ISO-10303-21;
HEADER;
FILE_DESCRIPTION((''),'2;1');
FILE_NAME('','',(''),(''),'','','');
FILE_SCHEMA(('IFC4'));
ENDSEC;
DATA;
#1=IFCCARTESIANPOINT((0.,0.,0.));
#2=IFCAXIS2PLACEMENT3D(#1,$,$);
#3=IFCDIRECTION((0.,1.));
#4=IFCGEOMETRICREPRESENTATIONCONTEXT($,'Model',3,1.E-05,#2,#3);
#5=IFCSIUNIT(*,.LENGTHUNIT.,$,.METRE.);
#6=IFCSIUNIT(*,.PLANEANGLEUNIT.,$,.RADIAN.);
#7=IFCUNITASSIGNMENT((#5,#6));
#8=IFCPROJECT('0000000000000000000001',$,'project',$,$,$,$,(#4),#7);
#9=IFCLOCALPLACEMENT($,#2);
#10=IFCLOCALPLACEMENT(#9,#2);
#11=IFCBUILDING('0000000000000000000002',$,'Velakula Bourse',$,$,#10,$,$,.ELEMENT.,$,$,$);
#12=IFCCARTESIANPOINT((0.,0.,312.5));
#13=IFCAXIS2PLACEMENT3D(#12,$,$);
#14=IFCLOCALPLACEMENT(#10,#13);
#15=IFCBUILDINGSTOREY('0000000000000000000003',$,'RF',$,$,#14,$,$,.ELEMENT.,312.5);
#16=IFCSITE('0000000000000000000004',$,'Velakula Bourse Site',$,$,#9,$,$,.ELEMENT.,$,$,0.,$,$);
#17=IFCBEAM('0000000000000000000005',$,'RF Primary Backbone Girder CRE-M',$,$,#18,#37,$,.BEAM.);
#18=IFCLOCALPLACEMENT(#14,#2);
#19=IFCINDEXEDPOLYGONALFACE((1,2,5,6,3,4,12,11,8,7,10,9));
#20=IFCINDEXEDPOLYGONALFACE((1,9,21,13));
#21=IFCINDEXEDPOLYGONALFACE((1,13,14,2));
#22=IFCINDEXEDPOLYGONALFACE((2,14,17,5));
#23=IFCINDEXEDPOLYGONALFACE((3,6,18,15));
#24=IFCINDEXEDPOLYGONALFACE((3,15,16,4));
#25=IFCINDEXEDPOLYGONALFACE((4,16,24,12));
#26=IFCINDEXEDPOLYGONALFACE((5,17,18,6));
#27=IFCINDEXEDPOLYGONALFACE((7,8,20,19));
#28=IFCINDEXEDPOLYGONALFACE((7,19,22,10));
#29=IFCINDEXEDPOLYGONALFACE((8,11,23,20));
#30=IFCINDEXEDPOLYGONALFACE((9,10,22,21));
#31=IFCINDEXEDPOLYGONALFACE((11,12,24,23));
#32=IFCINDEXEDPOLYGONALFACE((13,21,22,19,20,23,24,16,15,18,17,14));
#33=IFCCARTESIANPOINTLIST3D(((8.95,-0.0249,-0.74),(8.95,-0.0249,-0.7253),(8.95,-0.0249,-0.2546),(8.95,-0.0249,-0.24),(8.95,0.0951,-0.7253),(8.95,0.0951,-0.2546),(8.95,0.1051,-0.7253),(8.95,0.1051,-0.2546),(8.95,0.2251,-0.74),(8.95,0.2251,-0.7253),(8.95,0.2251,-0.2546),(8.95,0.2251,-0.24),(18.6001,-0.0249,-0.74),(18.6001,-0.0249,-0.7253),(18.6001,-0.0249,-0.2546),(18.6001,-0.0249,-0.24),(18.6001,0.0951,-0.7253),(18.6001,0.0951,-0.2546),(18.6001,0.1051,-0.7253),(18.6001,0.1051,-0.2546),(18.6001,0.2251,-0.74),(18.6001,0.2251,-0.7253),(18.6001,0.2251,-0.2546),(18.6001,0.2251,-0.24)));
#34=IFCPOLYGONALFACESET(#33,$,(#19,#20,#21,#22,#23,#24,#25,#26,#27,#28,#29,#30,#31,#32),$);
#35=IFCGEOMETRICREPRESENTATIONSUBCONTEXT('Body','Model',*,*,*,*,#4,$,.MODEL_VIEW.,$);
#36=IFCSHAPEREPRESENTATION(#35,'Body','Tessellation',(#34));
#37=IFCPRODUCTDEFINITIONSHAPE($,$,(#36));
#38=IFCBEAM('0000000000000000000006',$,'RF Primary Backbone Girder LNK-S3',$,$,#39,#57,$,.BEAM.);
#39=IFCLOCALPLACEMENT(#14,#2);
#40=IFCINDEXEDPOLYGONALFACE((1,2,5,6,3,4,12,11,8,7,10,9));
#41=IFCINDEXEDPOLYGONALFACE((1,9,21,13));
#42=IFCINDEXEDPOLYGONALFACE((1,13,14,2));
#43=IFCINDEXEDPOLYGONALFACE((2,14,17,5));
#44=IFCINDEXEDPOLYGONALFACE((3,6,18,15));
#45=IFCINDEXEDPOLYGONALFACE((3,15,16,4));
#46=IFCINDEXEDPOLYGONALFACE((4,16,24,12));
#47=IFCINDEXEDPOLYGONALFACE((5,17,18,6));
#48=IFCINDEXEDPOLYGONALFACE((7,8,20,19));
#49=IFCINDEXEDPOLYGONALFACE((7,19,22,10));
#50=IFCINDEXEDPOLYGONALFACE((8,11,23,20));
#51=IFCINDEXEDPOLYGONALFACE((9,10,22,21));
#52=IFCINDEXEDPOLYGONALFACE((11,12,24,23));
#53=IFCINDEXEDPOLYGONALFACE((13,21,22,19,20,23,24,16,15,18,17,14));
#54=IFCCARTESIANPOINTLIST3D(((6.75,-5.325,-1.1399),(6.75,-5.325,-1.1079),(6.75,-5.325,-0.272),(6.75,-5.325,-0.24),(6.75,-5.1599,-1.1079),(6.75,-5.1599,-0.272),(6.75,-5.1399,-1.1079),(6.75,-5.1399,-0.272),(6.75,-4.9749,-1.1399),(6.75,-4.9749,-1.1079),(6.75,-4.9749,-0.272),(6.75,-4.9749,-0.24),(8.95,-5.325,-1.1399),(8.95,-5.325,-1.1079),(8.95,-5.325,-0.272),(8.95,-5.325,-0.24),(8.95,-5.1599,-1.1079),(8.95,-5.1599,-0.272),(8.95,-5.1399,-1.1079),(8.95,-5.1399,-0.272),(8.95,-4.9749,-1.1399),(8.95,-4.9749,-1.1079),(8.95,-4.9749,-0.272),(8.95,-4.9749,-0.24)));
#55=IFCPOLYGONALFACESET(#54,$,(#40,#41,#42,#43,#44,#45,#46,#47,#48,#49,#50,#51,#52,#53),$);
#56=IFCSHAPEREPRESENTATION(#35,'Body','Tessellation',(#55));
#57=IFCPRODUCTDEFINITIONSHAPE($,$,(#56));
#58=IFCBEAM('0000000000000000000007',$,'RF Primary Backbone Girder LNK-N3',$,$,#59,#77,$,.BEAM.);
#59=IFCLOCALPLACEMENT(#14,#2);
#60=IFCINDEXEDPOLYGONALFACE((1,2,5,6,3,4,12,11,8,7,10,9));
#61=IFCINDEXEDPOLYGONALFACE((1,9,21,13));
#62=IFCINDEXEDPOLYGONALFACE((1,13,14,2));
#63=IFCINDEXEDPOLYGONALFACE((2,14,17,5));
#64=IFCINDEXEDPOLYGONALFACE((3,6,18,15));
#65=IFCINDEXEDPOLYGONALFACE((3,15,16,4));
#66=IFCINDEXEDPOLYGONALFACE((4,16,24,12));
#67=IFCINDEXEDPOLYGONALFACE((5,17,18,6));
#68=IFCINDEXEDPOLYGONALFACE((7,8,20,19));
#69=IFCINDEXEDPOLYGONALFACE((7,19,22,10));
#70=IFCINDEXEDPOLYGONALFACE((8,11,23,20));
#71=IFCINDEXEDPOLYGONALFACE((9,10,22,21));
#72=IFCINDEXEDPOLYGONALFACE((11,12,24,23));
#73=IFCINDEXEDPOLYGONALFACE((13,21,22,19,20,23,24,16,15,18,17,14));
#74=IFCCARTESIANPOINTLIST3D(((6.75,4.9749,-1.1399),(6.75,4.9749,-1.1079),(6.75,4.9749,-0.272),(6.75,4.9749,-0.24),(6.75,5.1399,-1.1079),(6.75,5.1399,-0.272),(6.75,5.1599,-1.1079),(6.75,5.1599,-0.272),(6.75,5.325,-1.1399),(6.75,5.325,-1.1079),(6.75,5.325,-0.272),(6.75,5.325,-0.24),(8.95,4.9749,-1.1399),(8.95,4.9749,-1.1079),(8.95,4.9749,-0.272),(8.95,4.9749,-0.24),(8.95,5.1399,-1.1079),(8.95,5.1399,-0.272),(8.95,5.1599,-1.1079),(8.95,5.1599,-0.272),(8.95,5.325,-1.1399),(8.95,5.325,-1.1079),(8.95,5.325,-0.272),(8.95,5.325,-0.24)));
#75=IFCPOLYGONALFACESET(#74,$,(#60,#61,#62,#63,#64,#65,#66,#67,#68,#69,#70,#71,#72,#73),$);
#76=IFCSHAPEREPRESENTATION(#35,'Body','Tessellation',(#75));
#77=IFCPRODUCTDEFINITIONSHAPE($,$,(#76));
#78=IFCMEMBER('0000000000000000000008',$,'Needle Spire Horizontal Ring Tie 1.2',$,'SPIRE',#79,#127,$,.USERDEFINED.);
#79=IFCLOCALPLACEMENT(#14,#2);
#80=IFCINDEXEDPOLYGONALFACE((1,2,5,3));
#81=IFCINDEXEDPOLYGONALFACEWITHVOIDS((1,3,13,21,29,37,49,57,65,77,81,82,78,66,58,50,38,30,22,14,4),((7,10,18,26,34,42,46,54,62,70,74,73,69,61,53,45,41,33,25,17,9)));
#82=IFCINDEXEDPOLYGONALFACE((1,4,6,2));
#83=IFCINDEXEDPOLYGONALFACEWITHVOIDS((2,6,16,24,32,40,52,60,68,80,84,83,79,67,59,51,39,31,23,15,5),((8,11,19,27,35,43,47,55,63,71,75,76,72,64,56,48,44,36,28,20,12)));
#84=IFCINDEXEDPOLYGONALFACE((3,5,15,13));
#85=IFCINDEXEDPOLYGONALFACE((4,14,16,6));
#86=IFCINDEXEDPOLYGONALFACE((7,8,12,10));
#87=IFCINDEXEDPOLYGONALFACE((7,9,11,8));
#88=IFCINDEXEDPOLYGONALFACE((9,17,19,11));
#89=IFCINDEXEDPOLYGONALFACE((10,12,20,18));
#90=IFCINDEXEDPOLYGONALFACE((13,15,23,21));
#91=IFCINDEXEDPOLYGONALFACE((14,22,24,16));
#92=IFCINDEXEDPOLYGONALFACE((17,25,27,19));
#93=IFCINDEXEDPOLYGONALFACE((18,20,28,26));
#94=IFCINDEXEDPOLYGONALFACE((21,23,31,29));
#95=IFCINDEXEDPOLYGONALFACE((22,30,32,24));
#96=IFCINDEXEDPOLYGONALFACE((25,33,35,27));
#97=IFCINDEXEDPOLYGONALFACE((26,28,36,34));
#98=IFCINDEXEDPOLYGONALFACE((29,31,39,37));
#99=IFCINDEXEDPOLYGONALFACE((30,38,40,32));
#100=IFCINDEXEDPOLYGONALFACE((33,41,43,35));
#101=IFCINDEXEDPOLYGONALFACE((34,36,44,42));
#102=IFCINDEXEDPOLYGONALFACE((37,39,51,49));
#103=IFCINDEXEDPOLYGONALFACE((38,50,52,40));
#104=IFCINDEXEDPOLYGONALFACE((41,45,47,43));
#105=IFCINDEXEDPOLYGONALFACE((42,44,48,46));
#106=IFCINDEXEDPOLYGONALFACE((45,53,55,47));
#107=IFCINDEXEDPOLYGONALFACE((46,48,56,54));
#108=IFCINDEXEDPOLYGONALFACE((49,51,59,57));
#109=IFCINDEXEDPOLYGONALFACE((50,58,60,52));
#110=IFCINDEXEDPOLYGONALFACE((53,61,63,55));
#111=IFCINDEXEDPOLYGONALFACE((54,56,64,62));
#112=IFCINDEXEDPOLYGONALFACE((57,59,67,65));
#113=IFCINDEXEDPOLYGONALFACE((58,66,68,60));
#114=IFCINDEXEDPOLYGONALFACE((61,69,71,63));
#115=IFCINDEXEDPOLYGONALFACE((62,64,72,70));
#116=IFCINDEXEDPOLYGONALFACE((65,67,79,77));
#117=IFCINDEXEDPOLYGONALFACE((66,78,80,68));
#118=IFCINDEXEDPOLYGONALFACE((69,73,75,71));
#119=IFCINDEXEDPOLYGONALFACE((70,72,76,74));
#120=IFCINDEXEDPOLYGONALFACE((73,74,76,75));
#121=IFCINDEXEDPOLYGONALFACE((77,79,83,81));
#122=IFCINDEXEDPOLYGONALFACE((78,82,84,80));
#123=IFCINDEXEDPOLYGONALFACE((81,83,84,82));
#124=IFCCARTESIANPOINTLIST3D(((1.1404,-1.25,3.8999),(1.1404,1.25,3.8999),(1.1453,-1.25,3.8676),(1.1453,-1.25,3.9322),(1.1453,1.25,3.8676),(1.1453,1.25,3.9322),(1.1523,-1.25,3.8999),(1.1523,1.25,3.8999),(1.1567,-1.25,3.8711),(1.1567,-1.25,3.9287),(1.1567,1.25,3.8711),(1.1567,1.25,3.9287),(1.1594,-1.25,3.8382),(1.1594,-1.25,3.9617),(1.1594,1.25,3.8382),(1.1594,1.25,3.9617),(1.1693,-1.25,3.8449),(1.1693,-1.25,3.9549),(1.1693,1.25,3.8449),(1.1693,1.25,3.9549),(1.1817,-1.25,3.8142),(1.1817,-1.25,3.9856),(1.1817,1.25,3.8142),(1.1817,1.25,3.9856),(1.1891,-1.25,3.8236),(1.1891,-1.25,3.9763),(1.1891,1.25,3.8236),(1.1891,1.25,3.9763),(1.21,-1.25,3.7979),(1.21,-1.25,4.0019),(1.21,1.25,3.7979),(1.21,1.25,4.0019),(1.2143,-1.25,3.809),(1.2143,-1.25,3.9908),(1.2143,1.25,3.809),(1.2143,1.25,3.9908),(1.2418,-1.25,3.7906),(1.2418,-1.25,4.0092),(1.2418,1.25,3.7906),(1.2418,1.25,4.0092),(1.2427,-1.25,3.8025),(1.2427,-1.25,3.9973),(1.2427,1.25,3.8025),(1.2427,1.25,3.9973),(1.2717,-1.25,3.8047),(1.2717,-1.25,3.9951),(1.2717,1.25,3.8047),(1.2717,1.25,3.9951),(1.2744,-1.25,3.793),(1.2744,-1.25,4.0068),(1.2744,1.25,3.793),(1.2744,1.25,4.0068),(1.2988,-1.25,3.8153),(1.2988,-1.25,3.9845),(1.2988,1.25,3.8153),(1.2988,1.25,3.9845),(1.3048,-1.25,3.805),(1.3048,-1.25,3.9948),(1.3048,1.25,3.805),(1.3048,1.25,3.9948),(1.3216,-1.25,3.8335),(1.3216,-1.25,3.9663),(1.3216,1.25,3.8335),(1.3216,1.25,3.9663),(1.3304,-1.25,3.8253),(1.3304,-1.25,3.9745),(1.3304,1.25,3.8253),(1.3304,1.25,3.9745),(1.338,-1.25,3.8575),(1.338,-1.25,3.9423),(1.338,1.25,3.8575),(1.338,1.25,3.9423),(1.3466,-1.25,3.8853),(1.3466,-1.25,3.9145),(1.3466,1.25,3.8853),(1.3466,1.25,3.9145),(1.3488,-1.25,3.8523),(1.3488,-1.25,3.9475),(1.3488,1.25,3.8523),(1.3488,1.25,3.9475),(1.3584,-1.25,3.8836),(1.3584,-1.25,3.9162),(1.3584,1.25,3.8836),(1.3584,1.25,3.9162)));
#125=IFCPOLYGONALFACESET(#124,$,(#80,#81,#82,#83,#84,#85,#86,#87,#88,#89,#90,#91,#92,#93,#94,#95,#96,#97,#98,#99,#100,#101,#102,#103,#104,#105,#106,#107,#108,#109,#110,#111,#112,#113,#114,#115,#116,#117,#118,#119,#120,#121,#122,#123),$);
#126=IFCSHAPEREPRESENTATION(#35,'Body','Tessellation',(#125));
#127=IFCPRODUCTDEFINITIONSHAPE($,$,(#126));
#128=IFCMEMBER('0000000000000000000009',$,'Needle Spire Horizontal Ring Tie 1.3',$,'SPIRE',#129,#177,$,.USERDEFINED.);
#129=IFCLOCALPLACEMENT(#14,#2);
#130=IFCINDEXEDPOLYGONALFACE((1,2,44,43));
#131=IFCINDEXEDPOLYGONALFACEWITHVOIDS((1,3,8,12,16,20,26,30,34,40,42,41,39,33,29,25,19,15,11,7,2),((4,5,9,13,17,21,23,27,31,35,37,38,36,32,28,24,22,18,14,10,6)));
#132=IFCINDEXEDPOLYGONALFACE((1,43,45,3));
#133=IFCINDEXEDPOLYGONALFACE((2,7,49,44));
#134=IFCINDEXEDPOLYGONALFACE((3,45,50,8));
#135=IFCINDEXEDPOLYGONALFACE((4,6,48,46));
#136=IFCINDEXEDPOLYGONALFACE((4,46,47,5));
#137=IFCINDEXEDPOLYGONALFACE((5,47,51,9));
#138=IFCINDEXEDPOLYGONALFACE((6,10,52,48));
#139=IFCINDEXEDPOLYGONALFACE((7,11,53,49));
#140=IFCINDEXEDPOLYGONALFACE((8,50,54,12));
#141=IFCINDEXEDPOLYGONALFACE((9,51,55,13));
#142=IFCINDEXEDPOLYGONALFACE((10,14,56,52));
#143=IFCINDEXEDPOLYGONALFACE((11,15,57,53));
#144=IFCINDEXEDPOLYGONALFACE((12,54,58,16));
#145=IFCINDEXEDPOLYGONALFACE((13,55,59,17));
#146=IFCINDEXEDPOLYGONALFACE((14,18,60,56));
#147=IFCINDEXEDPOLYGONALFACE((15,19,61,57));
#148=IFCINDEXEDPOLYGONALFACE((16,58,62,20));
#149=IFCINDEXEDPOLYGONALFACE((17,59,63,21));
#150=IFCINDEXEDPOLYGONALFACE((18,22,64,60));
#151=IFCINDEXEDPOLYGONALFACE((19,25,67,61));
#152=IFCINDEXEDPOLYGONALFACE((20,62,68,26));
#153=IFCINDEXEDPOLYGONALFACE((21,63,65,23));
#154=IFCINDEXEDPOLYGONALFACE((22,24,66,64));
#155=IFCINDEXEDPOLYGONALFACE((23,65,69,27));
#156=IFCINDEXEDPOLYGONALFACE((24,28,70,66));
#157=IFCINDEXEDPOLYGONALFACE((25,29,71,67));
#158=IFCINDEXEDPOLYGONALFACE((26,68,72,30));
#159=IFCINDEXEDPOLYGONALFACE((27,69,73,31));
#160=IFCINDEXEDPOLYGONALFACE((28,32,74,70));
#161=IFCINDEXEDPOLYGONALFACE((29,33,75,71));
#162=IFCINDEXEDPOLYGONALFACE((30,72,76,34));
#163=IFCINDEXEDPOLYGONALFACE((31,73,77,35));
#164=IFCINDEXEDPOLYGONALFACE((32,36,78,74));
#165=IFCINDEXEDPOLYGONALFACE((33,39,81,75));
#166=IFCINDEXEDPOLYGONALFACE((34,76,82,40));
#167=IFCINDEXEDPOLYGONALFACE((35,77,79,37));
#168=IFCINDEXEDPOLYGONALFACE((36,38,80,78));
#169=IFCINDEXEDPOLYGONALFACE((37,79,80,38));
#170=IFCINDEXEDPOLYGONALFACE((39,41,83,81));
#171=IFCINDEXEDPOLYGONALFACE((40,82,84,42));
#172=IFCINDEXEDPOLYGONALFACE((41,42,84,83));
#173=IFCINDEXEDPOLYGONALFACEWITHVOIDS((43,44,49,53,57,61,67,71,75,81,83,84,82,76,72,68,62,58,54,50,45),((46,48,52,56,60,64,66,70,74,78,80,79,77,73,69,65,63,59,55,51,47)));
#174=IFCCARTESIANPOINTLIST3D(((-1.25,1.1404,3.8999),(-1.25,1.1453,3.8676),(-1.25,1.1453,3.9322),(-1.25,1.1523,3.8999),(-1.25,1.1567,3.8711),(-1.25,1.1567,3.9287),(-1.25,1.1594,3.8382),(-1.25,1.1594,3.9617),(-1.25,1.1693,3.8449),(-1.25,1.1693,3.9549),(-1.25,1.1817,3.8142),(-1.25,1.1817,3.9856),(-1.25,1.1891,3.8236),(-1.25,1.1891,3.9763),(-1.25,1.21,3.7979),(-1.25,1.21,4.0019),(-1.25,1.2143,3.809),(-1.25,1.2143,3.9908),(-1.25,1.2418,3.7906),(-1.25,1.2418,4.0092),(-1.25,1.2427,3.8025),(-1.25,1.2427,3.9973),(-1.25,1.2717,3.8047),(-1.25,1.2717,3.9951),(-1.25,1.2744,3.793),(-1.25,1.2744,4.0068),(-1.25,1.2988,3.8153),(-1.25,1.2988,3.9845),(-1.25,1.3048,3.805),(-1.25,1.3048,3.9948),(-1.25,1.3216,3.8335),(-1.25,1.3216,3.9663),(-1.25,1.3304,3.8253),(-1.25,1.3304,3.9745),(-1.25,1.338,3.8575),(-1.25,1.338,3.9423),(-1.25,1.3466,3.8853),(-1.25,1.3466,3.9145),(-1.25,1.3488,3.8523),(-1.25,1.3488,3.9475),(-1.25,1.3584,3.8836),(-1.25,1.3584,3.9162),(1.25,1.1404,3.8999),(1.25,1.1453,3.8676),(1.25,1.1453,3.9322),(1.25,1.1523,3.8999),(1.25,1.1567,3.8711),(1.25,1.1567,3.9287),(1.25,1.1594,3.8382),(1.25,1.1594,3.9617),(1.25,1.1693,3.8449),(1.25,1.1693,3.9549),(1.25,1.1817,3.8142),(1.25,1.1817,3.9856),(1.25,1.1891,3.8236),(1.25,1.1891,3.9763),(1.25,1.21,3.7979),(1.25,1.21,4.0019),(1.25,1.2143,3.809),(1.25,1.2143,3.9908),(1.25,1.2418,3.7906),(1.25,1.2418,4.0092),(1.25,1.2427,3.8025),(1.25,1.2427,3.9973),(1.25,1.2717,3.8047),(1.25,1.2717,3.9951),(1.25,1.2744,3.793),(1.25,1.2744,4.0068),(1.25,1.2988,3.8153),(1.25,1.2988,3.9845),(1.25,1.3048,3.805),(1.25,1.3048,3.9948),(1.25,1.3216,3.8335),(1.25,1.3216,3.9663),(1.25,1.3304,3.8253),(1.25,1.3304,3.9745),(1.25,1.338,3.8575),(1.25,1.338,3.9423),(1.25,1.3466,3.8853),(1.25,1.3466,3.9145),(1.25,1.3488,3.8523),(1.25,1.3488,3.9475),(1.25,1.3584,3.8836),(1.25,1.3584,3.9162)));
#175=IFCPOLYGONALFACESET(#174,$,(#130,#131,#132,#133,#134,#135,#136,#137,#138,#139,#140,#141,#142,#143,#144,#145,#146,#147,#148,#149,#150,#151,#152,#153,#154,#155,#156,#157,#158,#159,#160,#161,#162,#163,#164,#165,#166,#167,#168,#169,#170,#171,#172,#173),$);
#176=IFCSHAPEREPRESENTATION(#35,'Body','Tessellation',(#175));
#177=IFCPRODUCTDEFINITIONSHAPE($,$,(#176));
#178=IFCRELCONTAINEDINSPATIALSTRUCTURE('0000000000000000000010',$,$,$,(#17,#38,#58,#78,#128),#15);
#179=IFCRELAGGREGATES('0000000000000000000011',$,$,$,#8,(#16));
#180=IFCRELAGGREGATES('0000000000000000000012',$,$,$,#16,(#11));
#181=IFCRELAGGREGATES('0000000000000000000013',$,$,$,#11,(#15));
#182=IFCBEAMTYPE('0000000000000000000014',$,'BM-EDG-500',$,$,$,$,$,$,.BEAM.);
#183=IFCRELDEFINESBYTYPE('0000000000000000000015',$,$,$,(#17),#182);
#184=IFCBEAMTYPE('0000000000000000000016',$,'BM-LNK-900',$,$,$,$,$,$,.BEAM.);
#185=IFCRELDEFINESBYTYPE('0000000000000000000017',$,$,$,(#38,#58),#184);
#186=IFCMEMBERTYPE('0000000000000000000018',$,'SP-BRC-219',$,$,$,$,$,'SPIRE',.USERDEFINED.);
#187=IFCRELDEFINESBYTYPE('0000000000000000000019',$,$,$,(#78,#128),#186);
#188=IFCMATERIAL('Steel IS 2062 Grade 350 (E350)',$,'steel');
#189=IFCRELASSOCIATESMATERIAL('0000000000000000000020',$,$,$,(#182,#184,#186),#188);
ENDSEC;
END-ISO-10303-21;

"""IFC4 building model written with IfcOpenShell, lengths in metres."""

from ifc_helpers import new_model, si_unit, direction, frame, origin, origin_2d, place, context, subcontext, project, spatial, hollow_circle, i_section, extrude, material, material_profile, profile_set, type_object, element, save


model = new_model("IFC4")

# Units and contexts
model_context = context("Model", 3, precision=1e-05, world=origin(), true_north=direction((0.0, 1.0)))
body_context = subcontext(model_context, "Body", "Model", "MODEL_VIEW")
ifc_project = project(units=[si_unit("LENGTHUNIT", "METRE"), si_unit("PLANEANGLEUNIT", "RADIAN")], contexts=[model_context])

# Site, building, storey
site_placement = place(None, origin())
site = spatial("IfcSite", under=ifc_project, at=site_placement, Name="Velakula Bourse Site", CompositionType="ELEMENT", RefElevation=0.0)
building_placement = place(site_placement, origin())
building = spatial("IfcBuilding", under=site, at=building_placement, Name="Velakula Bourse", CompositionType="ELEMENT")
storey_placement = place(building_placement, frame((0.0, 0.0, 312.5)))
storey = spatial("IfcBuildingStorey", under=building, at=storey_placement, Name="RF", CompositionType="ELEMENT", Elevation=312.5)

# Beams
ifc_material_1 = material(Name="Steel IS 2062 Grade 350 (E350)", Category="steel")
ifc_material_profile_1 = material_profile(ifc_material_1, i_section(OverallWidth=0.25, OverallDepth=0.5, WebThickness=0.01, FlangeThickness=0.0146, at=origin_2d()), Name="Steel IS 2062 Grade 350 (E350)")
ifc_profile_set_1 = profile_set([ifc_material_profile_1], Name="Steel IS 2062 Grade 350 (E350)")
beam_type_1 = type_object("IfcBeamType", Name="BM-EDG-500", PredefinedType="BEAM", material=ifc_profile_set_1)
beam_placement = place(storey_placement, frame((8.95, 0.1001, -0.49), z_axis=(1.0, 0.0, 0.0), x_axis=(0.0, 1.0, 0.0)))
element("IfcBeam", 1, at=beam_placement, inside=storey, type_object=beam_type_1, Name="RF Primary Backbone Girder CRE-M", PredefinedType="BEAM", context=body_context, shape_type="SweptSolid", body=[
    extrude(i_section(OverallWidth=0.25, OverallDepth=0.5, WebThickness=0.01, FlangeThickness=0.0146, at=origin_2d()), origin(), (0.0, 0.0, 1.0), 9.6501),
])
ifc_material_profile_2 = material_profile(ifc_material_1, i_section(OverallWidth=0.3501, OverallDepth=0.8999, WebThickness=0.02, FlangeThickness=0.032, at=origin_2d()), Name="Steel IS 2062 Grade 350 (E350)")
ifc_profile_set_2 = profile_set([ifc_material_profile_2], Name="Steel IS 2062 Grade 350 (E350)")
beam_type_2 = type_object("IfcBeamType", Name="BM-LNK-900", PredefinedType="BEAM", material=ifc_profile_set_2)
for number, where, z_axis, x_axis, name in (
    (2, (6.75, -5.1499, -0.6899), (1.0, 0.0, 0.0), (0.0, 1.0, 0.0), "RF Primary Backbone Girder LNK-S3"),
    (3, (6.75, 5.1499, -0.6899), (1.0, 0.0, 0.0), (0.0, 1.0, 0.0), "RF Primary Backbone Girder LNK-N3"),
):
    element("IfcBeam", number, at=place(storey_placement, frame(where, z_axis=z_axis, x_axis=x_axis)), inside=storey, type_object=beam_type_2, Name=name, PredefinedType="BEAM", context=body_context, shape_type="SweptSolid", body=[
        extrude(i_section(OverallWidth=0.3501, OverallDepth=0.8999, WebThickness=0.02, FlangeThickness=0.032, at=origin_2d()), origin(), (0.0, 0.0, 1.0), 2.2),
    ])

# Members
ifc_material_profile_3 = material_profile(ifc_material_1, hollow_circle(Radius=0.1096, WallThickness=0.012, at=origin_2d()), Name="Steel IS 2062 Grade 350 (E350)")
ifc_profile_set_3 = profile_set([ifc_material_profile_3], Name="Steel IS 2062 Grade 350 (E350)")
member_type_1 = type_object("IfcMemberType", Name="SP-BRC-219", ElementType="SPIRE", PredefinedType="USERDEFINED", material=ifc_profile_set_3)
for number, where, z_axis, x_axis, name in (
    (4, (1.25, -1.25, 3.8999), (0.0, 1.0, 0.0), (-1.0, 0.0, 0.0), "Needle Spire Horizontal Ring Tie 1.2"),
    (5, (1.25, 1.25, 3.8999), (-1.0, 0.0, 0.0), (0.0, -1.0, 0.0), "Needle Spire Horizontal Ring Tie 1.3"),
):
    element("IfcMember", number, at=place(storey_placement, frame(where, z_axis=z_axis, x_axis=x_axis)), inside=storey, type_object=member_type_1, Name=name, ObjectType="SPIRE", PredefinedType="USERDEFINED", context=body_context, shape_type="SweptSolid", body=[
        extrude(hollow_circle(Radius=0.1096, WallThickness=0.012, at=origin_2d()), origin(), (0.0, 0.0, 1.0), 2.5),
    ])

save(model, "model.ifc")
